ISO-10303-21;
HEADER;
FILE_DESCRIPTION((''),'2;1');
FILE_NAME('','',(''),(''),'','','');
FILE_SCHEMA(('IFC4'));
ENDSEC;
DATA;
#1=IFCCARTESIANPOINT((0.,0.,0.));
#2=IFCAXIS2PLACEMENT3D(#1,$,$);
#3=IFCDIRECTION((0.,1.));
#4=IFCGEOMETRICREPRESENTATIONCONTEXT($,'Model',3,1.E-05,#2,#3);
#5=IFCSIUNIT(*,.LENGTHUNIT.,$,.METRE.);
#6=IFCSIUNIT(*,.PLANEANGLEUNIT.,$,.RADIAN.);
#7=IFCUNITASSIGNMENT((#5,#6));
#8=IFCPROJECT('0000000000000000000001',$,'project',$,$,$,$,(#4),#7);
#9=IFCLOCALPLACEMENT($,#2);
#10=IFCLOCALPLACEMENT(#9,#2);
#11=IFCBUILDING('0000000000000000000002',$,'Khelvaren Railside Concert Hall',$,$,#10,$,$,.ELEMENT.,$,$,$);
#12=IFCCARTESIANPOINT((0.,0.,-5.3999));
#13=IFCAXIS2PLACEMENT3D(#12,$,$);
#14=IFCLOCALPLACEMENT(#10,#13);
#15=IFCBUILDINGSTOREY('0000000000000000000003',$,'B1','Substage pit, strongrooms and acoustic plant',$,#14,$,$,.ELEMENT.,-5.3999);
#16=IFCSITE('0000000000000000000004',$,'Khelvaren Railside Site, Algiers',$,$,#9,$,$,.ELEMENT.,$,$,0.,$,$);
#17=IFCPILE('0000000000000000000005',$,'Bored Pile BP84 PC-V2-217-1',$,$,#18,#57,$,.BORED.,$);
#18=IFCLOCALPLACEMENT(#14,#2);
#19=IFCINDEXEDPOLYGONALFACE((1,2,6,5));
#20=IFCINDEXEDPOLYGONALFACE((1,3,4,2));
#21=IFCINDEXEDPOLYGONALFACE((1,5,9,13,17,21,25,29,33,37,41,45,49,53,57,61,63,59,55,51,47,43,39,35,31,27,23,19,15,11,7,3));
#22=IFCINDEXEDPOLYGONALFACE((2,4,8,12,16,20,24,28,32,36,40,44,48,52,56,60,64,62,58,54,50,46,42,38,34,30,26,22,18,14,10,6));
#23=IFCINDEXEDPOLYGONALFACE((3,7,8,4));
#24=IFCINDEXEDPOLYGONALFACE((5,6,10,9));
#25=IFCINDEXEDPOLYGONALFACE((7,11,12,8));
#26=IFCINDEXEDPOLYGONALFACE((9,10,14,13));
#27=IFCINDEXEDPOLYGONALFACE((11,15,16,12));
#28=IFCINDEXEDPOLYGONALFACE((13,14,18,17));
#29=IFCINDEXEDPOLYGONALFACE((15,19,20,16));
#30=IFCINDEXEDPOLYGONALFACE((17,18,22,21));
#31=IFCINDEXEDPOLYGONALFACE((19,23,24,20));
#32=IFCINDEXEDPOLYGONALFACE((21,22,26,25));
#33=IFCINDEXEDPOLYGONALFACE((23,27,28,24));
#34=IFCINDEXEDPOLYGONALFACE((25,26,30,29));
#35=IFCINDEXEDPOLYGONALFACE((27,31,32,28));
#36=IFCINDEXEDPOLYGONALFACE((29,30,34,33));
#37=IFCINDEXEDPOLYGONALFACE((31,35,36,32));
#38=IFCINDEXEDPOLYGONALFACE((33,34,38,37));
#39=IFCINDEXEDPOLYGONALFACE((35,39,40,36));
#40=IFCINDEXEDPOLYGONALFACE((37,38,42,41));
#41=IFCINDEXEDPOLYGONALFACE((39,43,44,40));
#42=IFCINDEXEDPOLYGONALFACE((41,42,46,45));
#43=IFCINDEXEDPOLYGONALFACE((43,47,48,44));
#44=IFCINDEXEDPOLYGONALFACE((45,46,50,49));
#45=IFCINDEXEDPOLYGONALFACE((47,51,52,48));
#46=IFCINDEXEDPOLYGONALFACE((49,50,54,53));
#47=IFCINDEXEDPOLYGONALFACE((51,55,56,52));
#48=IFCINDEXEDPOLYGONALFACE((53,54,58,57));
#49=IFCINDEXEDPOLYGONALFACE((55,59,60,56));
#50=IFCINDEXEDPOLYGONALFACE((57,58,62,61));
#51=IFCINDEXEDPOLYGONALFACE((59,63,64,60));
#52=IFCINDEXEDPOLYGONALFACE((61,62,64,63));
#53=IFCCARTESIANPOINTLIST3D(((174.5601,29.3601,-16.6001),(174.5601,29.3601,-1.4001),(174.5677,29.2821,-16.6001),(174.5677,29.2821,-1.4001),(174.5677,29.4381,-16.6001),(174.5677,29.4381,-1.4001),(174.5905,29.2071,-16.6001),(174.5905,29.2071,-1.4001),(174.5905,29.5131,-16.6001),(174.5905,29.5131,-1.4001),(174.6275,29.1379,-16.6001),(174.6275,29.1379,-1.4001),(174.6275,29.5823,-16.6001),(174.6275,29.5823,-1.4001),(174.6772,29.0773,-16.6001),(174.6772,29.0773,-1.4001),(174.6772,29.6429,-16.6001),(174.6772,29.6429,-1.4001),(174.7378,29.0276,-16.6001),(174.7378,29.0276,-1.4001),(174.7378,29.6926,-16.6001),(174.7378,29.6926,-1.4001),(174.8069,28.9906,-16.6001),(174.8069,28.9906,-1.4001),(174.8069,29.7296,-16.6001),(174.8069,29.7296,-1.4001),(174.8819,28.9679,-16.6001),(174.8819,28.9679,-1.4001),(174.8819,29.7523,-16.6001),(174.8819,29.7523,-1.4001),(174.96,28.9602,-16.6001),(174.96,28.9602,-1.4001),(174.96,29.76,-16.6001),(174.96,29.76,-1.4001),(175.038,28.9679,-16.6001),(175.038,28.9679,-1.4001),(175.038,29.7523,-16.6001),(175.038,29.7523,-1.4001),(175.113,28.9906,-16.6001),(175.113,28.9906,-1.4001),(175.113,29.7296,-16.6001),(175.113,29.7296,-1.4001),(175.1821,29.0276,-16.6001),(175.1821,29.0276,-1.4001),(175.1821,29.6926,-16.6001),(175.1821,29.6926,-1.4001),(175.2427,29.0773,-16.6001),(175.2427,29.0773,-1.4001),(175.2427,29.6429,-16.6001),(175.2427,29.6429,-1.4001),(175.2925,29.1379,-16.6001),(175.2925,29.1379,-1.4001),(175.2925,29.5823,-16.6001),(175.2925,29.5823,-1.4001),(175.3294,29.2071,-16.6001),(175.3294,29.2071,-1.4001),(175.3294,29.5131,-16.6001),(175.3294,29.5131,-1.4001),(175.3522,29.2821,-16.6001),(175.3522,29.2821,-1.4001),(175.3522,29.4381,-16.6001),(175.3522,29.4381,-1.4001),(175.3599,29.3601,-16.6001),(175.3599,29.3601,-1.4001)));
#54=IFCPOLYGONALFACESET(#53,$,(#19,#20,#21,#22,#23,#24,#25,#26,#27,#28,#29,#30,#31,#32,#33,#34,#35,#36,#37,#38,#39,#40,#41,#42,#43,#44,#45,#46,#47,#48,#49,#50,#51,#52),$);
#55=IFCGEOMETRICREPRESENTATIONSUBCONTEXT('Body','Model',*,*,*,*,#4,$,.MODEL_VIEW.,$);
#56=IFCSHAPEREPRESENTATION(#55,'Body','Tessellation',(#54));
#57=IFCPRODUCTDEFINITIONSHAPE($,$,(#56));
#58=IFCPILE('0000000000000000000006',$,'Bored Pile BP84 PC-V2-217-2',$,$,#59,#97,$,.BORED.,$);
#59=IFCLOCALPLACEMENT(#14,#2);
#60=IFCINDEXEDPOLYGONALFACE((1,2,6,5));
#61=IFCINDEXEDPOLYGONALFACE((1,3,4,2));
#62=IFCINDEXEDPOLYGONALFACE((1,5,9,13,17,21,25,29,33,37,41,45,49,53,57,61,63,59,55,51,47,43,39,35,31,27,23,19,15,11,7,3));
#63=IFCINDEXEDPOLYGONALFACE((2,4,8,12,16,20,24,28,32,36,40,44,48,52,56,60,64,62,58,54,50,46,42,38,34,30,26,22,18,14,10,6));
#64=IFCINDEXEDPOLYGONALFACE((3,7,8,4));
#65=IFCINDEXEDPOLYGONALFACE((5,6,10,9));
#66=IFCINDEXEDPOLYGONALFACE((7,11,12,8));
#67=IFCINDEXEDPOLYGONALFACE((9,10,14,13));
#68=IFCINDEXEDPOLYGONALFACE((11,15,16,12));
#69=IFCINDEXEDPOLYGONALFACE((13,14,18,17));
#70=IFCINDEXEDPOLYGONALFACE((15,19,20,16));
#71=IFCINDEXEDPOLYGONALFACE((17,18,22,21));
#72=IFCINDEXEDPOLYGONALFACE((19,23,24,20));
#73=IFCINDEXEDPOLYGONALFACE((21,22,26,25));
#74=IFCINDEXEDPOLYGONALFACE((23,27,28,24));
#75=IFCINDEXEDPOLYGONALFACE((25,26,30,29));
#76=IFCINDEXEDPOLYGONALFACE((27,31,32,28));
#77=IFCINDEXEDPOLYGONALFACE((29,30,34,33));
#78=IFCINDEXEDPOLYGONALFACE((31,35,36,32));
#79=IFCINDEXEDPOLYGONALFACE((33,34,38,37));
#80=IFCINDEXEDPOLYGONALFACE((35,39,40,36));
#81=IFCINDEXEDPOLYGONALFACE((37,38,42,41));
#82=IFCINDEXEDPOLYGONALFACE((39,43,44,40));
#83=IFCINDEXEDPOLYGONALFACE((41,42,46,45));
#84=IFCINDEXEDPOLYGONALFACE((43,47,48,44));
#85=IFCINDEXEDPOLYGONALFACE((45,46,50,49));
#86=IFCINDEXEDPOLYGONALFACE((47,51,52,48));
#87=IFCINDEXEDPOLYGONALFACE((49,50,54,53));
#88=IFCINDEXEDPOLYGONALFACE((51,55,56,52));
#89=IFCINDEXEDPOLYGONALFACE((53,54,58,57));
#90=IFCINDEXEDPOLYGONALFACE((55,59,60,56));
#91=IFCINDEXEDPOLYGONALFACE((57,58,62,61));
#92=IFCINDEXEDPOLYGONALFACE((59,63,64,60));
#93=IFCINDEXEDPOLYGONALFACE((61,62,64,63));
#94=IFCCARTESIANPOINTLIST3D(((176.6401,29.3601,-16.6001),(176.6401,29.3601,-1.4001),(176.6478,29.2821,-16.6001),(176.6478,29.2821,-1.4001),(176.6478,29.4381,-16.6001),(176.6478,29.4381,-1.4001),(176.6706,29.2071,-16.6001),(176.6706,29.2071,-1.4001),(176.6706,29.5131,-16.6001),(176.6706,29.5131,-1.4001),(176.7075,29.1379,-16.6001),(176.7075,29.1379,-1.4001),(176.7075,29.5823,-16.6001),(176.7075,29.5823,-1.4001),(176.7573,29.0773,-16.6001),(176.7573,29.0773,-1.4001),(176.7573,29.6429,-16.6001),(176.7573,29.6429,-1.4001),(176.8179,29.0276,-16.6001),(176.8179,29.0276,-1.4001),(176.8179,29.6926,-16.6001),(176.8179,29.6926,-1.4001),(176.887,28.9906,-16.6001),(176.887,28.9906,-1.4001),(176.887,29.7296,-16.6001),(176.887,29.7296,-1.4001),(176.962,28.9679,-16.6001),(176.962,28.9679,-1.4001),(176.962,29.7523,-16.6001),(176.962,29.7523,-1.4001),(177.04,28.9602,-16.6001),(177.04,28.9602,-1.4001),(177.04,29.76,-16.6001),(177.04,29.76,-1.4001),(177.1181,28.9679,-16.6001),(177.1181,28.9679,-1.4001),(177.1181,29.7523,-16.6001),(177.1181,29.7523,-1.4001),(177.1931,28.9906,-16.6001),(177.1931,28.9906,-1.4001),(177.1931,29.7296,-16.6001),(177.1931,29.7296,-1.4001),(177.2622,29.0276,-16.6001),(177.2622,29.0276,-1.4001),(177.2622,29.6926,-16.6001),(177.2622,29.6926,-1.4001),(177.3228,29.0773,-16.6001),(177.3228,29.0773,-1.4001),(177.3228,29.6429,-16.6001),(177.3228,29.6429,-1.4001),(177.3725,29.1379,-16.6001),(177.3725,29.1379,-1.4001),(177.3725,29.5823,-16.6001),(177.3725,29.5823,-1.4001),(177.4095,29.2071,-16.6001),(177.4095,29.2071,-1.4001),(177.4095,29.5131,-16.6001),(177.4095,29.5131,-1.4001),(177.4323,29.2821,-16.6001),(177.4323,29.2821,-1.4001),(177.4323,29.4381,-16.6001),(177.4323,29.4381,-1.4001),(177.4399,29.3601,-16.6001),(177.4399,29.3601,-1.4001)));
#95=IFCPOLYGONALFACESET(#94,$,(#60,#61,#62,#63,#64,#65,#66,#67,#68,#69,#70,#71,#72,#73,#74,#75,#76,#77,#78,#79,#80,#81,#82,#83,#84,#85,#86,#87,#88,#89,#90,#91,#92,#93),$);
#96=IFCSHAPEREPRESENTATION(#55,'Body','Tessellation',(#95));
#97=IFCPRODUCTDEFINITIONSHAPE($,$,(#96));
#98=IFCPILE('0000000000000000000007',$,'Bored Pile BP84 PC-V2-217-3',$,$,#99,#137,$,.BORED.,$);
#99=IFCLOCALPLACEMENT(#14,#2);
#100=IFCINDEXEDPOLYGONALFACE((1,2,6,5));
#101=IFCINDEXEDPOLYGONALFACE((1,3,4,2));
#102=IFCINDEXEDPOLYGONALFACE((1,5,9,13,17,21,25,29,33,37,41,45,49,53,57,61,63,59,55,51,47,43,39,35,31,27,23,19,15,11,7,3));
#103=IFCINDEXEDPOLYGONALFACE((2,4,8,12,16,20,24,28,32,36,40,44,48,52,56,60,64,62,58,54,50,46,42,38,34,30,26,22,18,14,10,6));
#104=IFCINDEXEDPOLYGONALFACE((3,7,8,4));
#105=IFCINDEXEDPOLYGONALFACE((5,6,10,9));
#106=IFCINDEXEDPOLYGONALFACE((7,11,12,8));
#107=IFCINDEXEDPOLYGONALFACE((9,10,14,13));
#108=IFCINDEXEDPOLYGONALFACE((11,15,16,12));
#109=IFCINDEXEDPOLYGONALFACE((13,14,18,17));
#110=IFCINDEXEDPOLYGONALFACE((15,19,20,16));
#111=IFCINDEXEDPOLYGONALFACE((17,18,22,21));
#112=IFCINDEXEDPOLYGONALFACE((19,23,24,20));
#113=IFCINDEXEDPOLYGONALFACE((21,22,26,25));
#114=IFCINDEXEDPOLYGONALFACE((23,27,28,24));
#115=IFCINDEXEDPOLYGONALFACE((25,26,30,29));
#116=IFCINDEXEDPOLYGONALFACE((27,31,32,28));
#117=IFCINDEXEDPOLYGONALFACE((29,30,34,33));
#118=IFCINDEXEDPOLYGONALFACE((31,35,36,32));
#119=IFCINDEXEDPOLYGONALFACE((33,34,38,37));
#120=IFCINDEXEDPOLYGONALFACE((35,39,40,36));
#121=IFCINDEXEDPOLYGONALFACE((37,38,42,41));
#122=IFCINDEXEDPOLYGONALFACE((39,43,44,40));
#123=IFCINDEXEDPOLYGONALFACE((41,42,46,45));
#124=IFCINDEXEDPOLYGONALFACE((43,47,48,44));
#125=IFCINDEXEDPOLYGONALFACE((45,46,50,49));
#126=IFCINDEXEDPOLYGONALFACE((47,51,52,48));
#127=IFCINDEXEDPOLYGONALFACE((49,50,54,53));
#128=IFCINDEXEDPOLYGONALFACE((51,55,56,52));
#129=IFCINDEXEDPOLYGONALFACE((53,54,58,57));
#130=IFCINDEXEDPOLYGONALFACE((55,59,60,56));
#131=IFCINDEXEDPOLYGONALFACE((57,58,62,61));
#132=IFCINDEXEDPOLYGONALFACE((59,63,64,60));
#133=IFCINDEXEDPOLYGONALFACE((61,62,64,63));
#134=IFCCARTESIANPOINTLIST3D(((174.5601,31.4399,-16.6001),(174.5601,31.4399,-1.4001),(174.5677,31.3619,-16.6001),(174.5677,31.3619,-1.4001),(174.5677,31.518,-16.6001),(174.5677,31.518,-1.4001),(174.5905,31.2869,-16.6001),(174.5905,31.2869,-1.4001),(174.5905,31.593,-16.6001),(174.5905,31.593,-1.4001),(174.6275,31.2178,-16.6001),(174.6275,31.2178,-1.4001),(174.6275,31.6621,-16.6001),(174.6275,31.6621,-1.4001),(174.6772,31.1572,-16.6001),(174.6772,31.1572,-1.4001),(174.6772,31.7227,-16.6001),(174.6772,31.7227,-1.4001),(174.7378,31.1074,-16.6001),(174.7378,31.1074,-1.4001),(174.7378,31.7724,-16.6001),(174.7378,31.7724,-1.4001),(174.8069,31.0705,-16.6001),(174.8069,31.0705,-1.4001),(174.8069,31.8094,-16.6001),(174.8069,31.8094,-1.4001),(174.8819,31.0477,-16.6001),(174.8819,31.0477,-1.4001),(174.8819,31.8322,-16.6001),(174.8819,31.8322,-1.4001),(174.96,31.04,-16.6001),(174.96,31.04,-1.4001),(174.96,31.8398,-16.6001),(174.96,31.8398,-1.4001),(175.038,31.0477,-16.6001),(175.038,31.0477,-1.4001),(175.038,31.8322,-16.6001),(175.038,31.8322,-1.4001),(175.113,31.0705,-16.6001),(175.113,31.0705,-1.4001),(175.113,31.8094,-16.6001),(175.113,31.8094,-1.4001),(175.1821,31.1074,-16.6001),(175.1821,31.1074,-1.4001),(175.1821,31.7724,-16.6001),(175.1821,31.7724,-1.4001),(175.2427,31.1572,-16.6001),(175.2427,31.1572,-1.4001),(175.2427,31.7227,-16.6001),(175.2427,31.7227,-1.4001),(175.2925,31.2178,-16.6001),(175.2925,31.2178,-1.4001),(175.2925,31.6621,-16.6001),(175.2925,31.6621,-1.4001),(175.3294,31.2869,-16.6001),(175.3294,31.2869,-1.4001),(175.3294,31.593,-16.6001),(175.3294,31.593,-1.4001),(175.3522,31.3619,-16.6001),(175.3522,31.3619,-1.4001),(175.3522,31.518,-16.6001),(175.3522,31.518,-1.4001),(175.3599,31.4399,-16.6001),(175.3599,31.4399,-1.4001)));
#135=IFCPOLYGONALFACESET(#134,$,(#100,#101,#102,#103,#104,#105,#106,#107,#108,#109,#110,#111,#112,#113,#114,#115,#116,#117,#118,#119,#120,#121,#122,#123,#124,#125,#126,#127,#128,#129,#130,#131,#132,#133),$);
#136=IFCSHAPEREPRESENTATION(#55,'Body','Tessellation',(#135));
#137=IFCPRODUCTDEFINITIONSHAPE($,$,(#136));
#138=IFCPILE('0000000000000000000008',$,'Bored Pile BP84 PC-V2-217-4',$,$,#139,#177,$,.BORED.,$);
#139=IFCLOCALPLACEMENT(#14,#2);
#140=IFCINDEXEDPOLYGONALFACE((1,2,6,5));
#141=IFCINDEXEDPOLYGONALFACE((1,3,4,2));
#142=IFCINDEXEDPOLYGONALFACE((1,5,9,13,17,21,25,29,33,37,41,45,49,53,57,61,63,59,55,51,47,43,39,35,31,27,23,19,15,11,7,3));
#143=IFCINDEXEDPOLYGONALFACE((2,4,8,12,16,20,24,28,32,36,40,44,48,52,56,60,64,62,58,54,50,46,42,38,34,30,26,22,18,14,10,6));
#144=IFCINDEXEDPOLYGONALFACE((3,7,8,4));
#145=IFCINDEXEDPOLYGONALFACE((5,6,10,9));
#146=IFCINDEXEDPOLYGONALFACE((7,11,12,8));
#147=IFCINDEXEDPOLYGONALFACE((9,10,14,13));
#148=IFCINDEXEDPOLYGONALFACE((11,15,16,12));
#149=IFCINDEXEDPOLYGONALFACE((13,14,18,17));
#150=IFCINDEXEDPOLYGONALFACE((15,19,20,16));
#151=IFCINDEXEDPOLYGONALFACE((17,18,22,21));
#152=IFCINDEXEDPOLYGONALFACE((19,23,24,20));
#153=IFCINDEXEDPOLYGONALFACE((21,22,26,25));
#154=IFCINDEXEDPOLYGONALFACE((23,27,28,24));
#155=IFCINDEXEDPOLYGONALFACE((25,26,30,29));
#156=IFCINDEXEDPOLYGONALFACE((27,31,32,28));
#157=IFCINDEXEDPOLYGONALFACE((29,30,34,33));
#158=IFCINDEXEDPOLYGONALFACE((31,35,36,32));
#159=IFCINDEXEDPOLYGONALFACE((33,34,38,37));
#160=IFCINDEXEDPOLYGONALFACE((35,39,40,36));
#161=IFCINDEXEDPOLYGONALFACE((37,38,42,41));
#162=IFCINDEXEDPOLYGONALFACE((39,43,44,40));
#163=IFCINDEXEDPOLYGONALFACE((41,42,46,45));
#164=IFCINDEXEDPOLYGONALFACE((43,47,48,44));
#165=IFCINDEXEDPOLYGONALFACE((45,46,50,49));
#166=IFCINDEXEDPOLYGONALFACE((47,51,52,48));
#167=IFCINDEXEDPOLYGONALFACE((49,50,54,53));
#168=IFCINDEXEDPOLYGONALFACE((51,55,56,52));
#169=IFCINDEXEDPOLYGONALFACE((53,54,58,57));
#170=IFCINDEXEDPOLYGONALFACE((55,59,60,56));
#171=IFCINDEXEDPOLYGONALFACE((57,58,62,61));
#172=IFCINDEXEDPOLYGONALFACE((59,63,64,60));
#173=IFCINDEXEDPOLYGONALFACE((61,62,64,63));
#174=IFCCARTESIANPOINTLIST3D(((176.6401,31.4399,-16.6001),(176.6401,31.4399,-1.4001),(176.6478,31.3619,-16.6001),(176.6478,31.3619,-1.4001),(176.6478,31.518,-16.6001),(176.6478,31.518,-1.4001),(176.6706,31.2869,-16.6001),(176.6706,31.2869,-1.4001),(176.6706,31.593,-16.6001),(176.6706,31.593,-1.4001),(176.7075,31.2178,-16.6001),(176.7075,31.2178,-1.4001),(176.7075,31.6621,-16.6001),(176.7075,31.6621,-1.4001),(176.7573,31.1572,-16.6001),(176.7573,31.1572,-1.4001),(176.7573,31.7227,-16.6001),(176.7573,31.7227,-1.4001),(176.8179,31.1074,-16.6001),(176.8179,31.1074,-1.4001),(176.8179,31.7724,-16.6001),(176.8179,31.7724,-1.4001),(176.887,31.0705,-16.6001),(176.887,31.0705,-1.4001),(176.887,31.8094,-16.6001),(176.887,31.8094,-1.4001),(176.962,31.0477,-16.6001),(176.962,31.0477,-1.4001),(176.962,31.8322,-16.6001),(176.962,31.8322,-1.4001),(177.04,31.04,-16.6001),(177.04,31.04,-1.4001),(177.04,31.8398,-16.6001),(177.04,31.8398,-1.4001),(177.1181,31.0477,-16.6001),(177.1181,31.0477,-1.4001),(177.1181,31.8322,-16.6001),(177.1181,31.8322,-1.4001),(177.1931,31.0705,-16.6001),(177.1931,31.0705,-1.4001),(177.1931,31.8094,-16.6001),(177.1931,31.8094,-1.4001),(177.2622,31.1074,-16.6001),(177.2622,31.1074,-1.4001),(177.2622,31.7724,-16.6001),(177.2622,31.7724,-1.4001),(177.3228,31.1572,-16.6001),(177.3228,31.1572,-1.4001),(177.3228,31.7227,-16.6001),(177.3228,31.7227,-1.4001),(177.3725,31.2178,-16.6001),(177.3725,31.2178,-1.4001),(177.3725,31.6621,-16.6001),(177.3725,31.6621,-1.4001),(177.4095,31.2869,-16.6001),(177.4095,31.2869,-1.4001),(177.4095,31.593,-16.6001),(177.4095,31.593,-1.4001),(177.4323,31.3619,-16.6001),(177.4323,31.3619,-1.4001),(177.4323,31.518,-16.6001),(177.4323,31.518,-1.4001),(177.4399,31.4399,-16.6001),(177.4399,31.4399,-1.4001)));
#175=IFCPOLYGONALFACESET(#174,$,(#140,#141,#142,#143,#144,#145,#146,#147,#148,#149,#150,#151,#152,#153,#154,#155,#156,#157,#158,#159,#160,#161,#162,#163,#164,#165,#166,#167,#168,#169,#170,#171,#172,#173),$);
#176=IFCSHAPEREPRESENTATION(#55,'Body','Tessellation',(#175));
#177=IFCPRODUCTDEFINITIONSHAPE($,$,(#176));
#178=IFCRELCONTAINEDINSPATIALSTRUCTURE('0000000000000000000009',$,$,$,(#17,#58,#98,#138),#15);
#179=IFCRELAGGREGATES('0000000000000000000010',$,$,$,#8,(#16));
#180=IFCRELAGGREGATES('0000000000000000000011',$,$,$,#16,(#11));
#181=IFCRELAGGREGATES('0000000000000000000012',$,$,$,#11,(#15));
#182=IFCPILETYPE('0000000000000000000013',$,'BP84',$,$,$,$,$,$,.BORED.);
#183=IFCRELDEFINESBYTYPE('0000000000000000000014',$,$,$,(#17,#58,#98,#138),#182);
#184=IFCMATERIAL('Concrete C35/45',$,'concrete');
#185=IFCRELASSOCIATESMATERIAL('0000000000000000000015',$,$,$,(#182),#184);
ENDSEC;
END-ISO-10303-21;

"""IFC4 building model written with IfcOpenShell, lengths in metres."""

from ifc_helpers import new_model, si_unit, direction, frame, origin, origin_2d, place, context, subcontext, project, spatial, circle, extrude, material, material_profile, profile_set, type_object, element, save


model = new_model("IFC4")

# Units and contexts
model_context = context("Model", 3, precision=1e-05, world=origin(), true_north=direction((0.0, 1.0)))
body_context = subcontext(model_context, "Body", "Model", "MODEL_VIEW")
ifc_project = project(units=[si_unit("LENGTHUNIT", "METRE"), si_unit("PLANEANGLEUNIT", "RADIAN")], contexts=[model_context])

# Site, building, storey
site_placement = place(None, origin())
site = spatial("IfcSite", under=ifc_project, at=site_placement, Name="Khelvaren Railside Site, Algiers", CompositionType="ELEMENT", RefElevation=0.0)
building_placement = place(site_placement, origin())
building = spatial("IfcBuilding", under=site, at=building_placement, Name="Khelvaren Railside Concert Hall", CompositionType="ELEMENT")
storey_placement = place(building_placement, frame((0.0, 0.0, -5.3999)))
storey = spatial("IfcBuildingStorey", under=building, at=storey_placement, Name="B1", Description="Substage pit, strongrooms and acoustic plant", CompositionType="ELEMENT", Elevation=-5.3999)

# Piles
ifc_material_1 = material(Name="Concrete C35/45", Category="concrete")
ifc_material_profile_1 = material_profile(ifc_material_1, circle(Radius=0.3999, at=origin_2d()), Name="BP D800")
ifc_profile_set_1 = profile_set([ifc_material_profile_1], Name="Concrete C35/45")
pile_type = type_object("IfcPileType", Name="BP84", PredefinedType="BORED", material=ifc_profile_set_1)
for number, where, z_axis, x_axis, name in (
    (1, (174.96, 29.3601, -1.4001), (0.0, 0.0, -1.0), (1.0, 0.0, 0.0), "Bored Pile BP84 PC-V2-217-1"),
    (2, (177.04, 29.3601, -1.4001), (0.0, 0.0, -1.0), (1.0, 0.0, 0.0), "Bored Pile BP84 PC-V2-217-2"),
    (3, (174.96, 31.4399, -1.4001), (0.0, 0.0, -1.0), (1.0, 0.0, 0.0), "Bored Pile BP84 PC-V2-217-3"),
    (4, (177.04, 31.4399, -1.4001), (0.0, 0.0, -1.0), (1.0, 0.0, 0.0), "Bored Pile BP84 PC-V2-217-4"),
):
    element("IfcPile", number, at=place(storey_placement, frame(where, z_axis=z_axis, x_axis=x_axis)), inside=storey, type_object=pile_type, Name=name, PredefinedType="BORED", context=body_context, shape_type="SweptSolid", body=[
        extrude(circle(Radius=0.3999, at=origin_2d()), origin(), (0.0, 0.0, 1.0), 15.2),
    ])

save(model, "model.ifc")
